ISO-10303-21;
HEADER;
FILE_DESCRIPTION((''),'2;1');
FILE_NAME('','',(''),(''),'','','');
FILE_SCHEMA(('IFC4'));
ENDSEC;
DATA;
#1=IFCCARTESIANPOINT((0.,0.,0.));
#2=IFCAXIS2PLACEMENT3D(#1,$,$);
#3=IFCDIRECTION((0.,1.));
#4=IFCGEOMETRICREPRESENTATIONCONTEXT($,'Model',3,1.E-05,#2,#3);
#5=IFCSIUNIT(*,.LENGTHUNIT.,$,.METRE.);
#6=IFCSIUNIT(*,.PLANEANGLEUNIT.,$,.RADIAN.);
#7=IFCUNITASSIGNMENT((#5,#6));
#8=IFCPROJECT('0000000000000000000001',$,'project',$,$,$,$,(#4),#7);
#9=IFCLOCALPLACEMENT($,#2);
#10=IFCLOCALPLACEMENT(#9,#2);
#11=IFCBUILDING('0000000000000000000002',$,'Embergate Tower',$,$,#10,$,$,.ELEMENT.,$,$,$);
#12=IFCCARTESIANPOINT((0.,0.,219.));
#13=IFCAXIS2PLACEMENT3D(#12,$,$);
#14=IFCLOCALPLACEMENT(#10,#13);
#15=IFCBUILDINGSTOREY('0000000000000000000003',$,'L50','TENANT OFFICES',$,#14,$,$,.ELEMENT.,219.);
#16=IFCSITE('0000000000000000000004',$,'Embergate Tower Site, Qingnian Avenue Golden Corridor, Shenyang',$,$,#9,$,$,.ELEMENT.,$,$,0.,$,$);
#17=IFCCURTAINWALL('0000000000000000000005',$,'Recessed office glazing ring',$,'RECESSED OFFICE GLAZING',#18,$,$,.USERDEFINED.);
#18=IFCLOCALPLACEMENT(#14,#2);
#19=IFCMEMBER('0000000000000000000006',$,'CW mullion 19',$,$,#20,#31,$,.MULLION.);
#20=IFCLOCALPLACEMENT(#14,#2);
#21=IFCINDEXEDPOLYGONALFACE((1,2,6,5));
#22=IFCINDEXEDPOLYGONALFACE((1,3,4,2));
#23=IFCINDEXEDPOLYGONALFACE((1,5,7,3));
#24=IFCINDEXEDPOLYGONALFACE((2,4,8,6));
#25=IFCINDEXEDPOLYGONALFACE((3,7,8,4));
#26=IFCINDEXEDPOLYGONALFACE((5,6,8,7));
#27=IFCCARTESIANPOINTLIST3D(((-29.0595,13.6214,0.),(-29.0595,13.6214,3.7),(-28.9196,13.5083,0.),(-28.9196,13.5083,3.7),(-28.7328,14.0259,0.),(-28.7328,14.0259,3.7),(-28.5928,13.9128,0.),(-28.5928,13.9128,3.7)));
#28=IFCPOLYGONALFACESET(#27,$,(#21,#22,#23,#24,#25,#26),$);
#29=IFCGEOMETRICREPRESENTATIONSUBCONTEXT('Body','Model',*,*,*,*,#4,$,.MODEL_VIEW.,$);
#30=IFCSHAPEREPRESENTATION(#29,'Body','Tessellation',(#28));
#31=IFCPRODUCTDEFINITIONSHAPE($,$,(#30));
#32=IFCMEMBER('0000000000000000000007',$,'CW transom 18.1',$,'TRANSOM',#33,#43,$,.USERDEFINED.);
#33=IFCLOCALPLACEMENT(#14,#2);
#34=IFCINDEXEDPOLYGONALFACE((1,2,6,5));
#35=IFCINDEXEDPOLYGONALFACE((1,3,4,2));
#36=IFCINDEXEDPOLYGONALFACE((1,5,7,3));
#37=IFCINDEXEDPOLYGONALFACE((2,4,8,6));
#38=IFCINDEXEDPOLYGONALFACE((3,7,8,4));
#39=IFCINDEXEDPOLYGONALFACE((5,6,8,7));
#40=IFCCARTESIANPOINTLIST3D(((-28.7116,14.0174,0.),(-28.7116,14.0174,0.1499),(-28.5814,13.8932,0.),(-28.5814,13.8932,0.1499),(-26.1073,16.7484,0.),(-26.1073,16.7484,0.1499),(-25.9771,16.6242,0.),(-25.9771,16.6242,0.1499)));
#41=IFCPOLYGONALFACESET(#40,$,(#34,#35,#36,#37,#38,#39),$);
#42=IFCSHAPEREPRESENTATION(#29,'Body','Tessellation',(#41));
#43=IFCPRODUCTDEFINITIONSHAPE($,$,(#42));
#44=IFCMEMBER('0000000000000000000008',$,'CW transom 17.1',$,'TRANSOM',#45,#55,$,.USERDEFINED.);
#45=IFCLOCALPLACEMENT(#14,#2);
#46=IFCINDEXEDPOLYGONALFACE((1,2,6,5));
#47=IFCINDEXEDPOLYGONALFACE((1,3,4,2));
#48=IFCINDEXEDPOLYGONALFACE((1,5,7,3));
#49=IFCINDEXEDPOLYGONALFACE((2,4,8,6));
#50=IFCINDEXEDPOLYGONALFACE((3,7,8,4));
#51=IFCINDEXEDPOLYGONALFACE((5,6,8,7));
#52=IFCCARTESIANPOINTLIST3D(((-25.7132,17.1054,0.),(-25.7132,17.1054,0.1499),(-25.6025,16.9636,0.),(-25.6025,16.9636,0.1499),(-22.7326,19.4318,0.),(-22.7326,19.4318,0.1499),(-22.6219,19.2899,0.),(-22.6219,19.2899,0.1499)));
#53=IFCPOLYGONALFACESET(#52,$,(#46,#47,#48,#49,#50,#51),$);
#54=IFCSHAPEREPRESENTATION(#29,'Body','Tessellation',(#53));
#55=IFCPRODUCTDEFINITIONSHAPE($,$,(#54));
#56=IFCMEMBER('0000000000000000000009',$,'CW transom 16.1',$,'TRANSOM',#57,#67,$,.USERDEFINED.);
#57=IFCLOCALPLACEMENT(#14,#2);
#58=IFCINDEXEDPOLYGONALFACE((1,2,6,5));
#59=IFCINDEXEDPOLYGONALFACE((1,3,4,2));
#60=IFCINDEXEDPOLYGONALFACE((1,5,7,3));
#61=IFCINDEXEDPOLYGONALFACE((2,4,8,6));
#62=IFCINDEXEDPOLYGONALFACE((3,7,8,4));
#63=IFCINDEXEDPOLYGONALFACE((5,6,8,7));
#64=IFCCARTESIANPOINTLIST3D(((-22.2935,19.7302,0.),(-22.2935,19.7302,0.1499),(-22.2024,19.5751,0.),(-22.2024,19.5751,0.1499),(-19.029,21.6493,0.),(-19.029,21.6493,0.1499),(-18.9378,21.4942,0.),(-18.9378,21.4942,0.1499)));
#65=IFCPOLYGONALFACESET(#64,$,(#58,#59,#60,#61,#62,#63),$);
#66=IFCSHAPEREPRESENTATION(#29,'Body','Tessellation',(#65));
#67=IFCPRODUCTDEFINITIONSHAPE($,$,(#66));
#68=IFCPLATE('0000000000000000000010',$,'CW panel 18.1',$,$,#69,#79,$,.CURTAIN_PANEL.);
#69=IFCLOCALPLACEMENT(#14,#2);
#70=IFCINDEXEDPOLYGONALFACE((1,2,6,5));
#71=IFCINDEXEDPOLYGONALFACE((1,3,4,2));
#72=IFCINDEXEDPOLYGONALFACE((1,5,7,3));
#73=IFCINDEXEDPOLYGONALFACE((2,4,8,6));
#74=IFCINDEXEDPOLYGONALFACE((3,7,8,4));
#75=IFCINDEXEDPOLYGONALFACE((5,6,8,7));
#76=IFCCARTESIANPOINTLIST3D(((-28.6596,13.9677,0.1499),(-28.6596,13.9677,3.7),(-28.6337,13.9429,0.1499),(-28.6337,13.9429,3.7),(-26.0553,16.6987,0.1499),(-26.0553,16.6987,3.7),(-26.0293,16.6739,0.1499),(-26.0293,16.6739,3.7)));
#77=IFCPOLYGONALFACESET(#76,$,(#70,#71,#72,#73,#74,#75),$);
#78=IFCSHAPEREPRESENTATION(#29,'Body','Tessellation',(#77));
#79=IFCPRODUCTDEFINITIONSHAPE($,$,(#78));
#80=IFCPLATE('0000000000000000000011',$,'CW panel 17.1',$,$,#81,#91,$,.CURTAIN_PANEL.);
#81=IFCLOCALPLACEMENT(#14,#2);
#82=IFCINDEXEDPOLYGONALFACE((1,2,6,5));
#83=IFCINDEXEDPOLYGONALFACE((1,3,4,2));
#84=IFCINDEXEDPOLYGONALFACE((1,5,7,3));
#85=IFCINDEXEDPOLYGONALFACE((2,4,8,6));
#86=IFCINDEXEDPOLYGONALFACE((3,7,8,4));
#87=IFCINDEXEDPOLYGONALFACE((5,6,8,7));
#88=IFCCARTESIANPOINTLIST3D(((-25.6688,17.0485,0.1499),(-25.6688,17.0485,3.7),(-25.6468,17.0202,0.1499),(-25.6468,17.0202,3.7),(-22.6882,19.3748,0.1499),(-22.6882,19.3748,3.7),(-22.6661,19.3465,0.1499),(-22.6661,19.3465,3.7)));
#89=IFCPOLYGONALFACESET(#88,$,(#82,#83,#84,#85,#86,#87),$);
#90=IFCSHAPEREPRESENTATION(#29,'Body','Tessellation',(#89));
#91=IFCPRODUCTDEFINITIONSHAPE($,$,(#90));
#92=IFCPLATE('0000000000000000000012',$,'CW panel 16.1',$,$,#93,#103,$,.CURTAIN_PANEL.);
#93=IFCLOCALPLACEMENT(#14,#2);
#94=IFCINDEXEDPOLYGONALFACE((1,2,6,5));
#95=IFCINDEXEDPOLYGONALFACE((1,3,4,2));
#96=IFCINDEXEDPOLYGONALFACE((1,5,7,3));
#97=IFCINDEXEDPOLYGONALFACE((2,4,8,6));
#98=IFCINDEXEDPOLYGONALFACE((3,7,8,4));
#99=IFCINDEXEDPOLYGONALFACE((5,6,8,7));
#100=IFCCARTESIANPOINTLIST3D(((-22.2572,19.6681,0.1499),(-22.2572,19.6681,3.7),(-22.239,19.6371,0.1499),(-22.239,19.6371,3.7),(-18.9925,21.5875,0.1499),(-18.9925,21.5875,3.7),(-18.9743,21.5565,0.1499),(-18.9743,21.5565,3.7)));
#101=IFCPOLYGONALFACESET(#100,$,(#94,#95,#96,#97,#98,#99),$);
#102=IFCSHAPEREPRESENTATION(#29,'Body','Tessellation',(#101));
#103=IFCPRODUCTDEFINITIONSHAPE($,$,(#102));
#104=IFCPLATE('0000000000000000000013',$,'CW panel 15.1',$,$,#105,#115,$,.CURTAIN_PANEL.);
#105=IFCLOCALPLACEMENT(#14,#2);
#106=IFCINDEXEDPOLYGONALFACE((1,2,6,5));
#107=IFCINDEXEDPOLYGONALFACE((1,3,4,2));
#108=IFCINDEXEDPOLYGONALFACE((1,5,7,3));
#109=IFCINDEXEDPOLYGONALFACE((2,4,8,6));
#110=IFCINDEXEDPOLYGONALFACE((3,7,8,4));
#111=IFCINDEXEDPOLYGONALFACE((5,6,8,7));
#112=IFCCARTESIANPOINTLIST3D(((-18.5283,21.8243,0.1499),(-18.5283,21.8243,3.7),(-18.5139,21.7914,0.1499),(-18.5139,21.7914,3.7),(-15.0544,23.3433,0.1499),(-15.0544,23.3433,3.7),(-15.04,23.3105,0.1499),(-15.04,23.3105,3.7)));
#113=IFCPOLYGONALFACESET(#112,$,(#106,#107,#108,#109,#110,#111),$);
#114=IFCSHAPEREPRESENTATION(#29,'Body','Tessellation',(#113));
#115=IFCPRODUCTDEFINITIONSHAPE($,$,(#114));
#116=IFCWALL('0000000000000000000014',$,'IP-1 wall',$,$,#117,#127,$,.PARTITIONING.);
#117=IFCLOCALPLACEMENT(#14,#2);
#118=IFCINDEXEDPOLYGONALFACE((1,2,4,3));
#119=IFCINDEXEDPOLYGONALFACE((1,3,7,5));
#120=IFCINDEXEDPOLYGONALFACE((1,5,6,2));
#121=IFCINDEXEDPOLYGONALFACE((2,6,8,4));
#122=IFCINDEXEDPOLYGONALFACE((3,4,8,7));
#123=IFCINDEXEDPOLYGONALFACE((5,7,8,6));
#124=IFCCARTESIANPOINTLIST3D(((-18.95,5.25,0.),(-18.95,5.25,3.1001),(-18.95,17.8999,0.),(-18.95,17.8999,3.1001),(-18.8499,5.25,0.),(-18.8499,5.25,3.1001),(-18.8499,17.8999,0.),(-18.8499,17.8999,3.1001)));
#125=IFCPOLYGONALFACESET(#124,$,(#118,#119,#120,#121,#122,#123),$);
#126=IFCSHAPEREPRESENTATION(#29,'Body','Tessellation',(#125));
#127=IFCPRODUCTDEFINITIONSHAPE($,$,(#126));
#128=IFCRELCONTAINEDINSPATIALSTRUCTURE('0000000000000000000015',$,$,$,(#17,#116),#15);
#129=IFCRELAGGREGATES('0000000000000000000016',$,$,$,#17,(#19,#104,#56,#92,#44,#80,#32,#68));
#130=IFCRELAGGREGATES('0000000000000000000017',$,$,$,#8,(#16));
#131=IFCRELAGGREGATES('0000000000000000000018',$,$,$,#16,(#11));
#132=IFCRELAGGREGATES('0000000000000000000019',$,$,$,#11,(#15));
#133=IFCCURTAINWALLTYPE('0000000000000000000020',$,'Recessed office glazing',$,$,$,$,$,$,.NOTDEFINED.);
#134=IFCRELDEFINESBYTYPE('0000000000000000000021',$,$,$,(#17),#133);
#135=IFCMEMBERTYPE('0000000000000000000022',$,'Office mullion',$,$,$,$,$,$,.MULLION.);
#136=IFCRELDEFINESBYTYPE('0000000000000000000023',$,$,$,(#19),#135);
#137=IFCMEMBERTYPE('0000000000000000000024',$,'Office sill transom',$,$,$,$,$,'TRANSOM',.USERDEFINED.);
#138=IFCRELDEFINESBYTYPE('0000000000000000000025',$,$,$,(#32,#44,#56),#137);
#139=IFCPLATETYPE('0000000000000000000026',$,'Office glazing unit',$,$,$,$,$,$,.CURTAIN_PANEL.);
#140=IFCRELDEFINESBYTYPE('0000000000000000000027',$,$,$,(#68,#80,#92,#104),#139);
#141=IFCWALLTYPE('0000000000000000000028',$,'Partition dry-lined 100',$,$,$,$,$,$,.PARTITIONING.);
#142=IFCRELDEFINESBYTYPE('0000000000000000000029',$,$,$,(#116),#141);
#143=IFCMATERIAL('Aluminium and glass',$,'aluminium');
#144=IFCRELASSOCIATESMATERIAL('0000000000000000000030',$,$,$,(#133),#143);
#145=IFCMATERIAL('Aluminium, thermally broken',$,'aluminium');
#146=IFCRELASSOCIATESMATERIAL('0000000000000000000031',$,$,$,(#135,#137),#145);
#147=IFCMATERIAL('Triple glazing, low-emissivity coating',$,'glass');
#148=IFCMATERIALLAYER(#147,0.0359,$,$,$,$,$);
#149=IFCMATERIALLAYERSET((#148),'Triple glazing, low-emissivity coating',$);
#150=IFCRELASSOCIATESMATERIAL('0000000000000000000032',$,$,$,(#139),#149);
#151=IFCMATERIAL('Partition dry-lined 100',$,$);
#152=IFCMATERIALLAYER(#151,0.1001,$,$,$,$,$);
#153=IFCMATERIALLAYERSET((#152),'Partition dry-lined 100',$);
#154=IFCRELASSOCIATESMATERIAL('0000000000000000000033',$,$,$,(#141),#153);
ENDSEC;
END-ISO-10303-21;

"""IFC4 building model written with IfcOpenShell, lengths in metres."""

from ifc_helpers import new_model, si_unit, direction, frame, frame_2d, origin, origin_2d, place, context, subcontext, project, spatial, rectangle, extrude, source, transform, mapped, material, layer, layer_set, material_profile, profile_set, type_object, element, aggregate, save


model = new_model("IFC4")

# Units and contexts
model_context = context("Model", 3, precision=1e-05, world=origin(), true_north=direction((0.0, 1.0)))
body_context = subcontext(model_context, "Body", "Model", "MODEL_VIEW")
ifc_project = project(units=[si_unit("LENGTHUNIT", "METRE"), si_unit("PLANEANGLEUNIT", "RADIAN")], contexts=[model_context])

# Site, building, storey
site_placement = place(None, origin())
site = spatial("IfcSite", under=ifc_project, at=site_placement, Name="Embergate Tower Site, Qingnian Avenue Golden Corridor, Shenyang", CompositionType="ELEMENT", RefElevation=0.0)
building_placement = place(site_placement, origin())
building = spatial("IfcBuilding", under=site, at=building_placement, Name="Embergate Tower", CompositionType="ELEMENT")
storey_placement = place(building_placement, frame((0.0, 0.0, 219.0)))
storey = spatial("IfcBuildingStorey", under=building, at=storey_placement, Name="L50", Description="TENANT OFFICES", CompositionType="ELEMENT", Elevation=219.0)

# Curtain wall, members, plates
ifc_material_1 = material(Name="Aluminium and glass", Category="aluminium")
curtain_wall_type = type_object("IfcCurtainWallType", Name="Recessed office glazing", PredefinedType="NOTDEFINED", material=ifc_material_1)
curtain_wall_placement = place(storey_placement, origin())
curtain_wall = element("IfcCurtainWall", 1, at=curtain_wall_placement, inside=storey, type_object=curtain_wall_type, Name="Recessed office glazing ring", ObjectType="RECESSED OFFICE GLAZING", PredefinedType="USERDEFINED")
ifc_material_2 = material(Name="Aluminium, thermally broken", Category="aluminium")
ifc_material_profile_1 = material_profile(ifc_material_2, rectangle(XDim=0.1799, YDim=0.52, at=origin_2d()), Name="AL 520x180")
ifc_profile_set_1 = profile_set([ifc_material_profile_1], Name="Aluminium, thermally broken")
member_type_1 = type_object("IfcMemberType", Name="Office mullion", PredefinedType="MULLION", material=ifc_profile_set_1)
shared_shape_1 = source(origin(), body_context, "Body", "SweptSolid", [
    extrude(rectangle(XDim=0.1799, YDim=0.52, at=origin_2d()), origin(), (0.0, 0.0, 1.0), 3.7),
])
member_1_placement = place(storey_placement, frame((-28.8262, 13.7671, 0.0), z_axis=(0.0, 0.0, 1.0), x_axis=(0.777873, -0.628422, 0.0)))
member_1 = element("IfcMember", 2, at=member_1_placement, type_object=member_type_1, Name="CW mullion 19", PredefinedType="MULLION", context=body_context, shape_type="MappedRepresentation", body=[
    mapped(shared_shape_1, transform((0.0, 0.0, 0.0))),
])
ifc_material_profile_2 = material_profile(ifc_material_2, rectangle(XDim=0.1799, YDim=0.1499, at=origin_2d()), Name="AL 150x180")
ifc_profile_set_2 = profile_set([ifc_material_profile_2], Name="Aluminium, thermally broken")
member_type_2 = type_object("IfcMemberType", Name="Office sill transom", ElementType="TRANSOM", PredefinedType="USERDEFINED", material=ifc_profile_set_2)
shared_shape_2 = source(origin(), body_context, "Body", "SweptSolid", [
    extrude(rectangle(XDim=0.1799, YDim=0.1499, at=origin_2d()), origin(), (0.0, 0.0, 1.0), 3.7737),
])
member_2_placement = place(storey_placement, frame((-26.0422, 16.6863, 0.075), z_axis=(-0.690119, -0.723696, 0.0), x_axis=(0.723696, -0.690119, 0.0)))
member_2 = element("IfcMember", 3, at=member_2_placement, type_object=member_type_2, Name="CW transom 18.1", ObjectType="TRANSOM", PredefinedType="USERDEFINED", context=body_context, shape_type="MappedRepresentation", body=[
    mapped(shared_shape_2, transform((0.0, 0.0, 0.0))),
])
shared_shape_3 = source(origin(), body_context, "Body", "SweptSolid", [
    extrude(rectangle(XDim=0.1799, YDim=0.1499, at=origin_2d()), origin(), (0.0, 0.0, 1.0), 3.781),
])
member_3_placement = place(storey_placement, frame((-22.6772, 19.3608, 0.075), z_axis=(-0.788315, -0.615272, 0.0), x_axis=(0.615272, -0.788315, 0.0)))
member_3 = element("IfcMember", 4, at=member_3_placement, type_object=member_type_2, Name="CW transom 17.1", ObjectType="TRANSOM", PredefinedType="USERDEFINED", context=body_context, shape_type="MappedRepresentation", body=[
    mapped(shared_shape_3, transform((0.0, 0.0, 0.0))),
])
shared_shape_4 = source(origin(), body_context, "Body", "SweptSolid", [
    extrude(rectangle(XDim=0.1799, YDim=0.1499, at=origin_2d()), origin(), (0.0, 0.0, 1.0), 3.7869),
])
member_4_placement = place(storey_placement, frame((-18.9834, 21.5718, 0.075), z_axis=(-0.862072, -0.506786, 0.0), x_axis=(0.506786, -0.862072, 0.0)))
member_4 = element("IfcMember", 5, at=member_4_placement, type_object=member_type_2, Name="CW transom 16.1", ObjectType="TRANSOM", PredefinedType="USERDEFINED", context=body_context, shape_type="MappedRepresentation", body=[
    mapped(shared_shape_4, transform((0.0, 0.0, 0.0))),
])
ifc_material_3 = material(Name="Triple glazing, low-emissivity coating", Category="glass")
ifc_layer_1 = layer(ifc_material_3, 0.0359)
ifc_layer_set_1 = layer_set([ifc_layer_1], Name="Triple glazing, low-emissivity coating")
plate_type = type_object("IfcPlateType", Name="Office glazing unit", PredefinedType="CURTAIN_PANEL", material=ifc_layer_set_1)
shared_shape_5 = source(origin(), body_context, "Body", "SweptSolid", [
    extrude(rectangle(XDim=3.7737, YDim=0.0359, at=origin_2d()), origin(), (0.0, 0.0, 1.0), 3.55),
])
plate_1_placement = place(storey_placement, frame((-27.3445, 15.3208, 0.1499), z_axis=(0.0, 0.0, 1.0), x_axis=(-0.69013, -0.723685, 0.0)))
plate_1 = element("IfcPlate", 6, at=plate_1_placement, type_object=plate_type, Name="CW panel 18.1", PredefinedType="CURTAIN_PANEL", context=body_context, shape_type="MappedRepresentation", body=[
    mapped(shared_shape_5, transform((0.0, 0.0, 0.0))),
])
shared_shape_6 = source(origin(), body_context, "Body", "SweptSolid", [
    extrude(rectangle(XDim=3.781, YDim=0.0359, at=origin_2d()), origin(), (0.0, 0.0, 1.0), 3.55),
])
plate_2_placement = place(storey_placement, frame((-24.1675, 18.1975, 0.1499), z_axis=(0.0, 0.0, 1.0), x_axis=(-0.788317, -0.615269, 0.0)))
plate_2 = element("IfcPlate", 7, at=plate_2_placement, type_object=plate_type, Name="CW panel 17.1", PredefinedType="CURTAIN_PANEL", context=body_context, shape_type="MappedRepresentation", body=[
    mapped(shared_shape_6, transform((0.0, 0.0, 0.0))),
])
shared_shape_7 = source(origin(), body_context, "Body", "SweptSolid", [
    extrude(rectangle(XDim=3.7871, YDim=0.0359, at=origin_2d()), origin(), (0.0, 0.0, 1.0), 3.55),
])
plate_3_placement = place(storey_placement, frame((-20.6157, 20.6123, 0.1499), z_axis=(0.0, 0.0, 1.0), x_axis=(-0.862051, -0.506822, 0.0)))
plate_3 = element("IfcPlate", 8, at=plate_3_placement, type_object=plate_type, Name="CW panel 16.1", PredefinedType="CURTAIN_PANEL", context=body_context, shape_type="MappedRepresentation", body=[
    mapped(shared_shape_7, transform((0.0, 0.0, 0.0))),
])
shared_shape_8 = source(origin(), body_context, "Body", "SweptSolid", [
    extrude(rectangle(XDim=3.7915, YDim=0.0359, at=origin_2d()), origin(), (0.0, 0.0, 1.0), 3.55),
])
plate_4_placement = place(storey_placement, frame((-16.7842, 22.5674, 0.1499), z_axis=(0.0, 0.0, 1.0), x_axis=(-0.916234, -0.400643, 0.0)))
plate_4 = element("IfcPlate", 9, at=plate_4_placement, type_object=plate_type, Name="CW panel 15.1", PredefinedType="CURTAIN_PANEL", context=body_context, shape_type="MappedRepresentation", body=[
    mapped(shared_shape_8, transform((0.0, 0.0, 0.0))),
])
aggregate(curtain_wall, [member_1, plate_4, member_4, plate_3, member_3, plate_2, member_2, plate_1])

# Wall
ifc_material_4 = material(Name="Partition dry-lined 100")
ifc_layer_2 = layer(ifc_material_4, 0.1001)
ifc_layer_set_2 = layer_set([ifc_layer_2], Name="Partition dry-lined 100")
wall_type = type_object("IfcWallType", Name="Partition dry-lined 100", PredefinedType="PARTITIONING", material=ifc_layer_set_2)
shared_shape_9 = source(origin(), body_context, "Body", "SweptSolid", [
    extrude(rectangle(XDim=12.6499, YDim=0.1001, at=frame_2d((6.325, 0.0))), origin(), (0.0, 0.0, 1.0), 3.1001),
])
wall_placement = place(storey_placement, frame((-18.8999, 17.8999, 0.0), z_axis=(0.0, 0.0, 1.0), x_axis=(0.0, -1.0, 0.0)))
element("IfcWall", 10, at=wall_placement, inside=storey, type_object=wall_type, Name="IP-1 wall", PredefinedType="PARTITIONING", context=body_context, shape_type="MappedRepresentation", body=[
    mapped(shared_shape_9, transform((0.0, 0.0, 0.0))),
])

save(model, "model.ifc")
